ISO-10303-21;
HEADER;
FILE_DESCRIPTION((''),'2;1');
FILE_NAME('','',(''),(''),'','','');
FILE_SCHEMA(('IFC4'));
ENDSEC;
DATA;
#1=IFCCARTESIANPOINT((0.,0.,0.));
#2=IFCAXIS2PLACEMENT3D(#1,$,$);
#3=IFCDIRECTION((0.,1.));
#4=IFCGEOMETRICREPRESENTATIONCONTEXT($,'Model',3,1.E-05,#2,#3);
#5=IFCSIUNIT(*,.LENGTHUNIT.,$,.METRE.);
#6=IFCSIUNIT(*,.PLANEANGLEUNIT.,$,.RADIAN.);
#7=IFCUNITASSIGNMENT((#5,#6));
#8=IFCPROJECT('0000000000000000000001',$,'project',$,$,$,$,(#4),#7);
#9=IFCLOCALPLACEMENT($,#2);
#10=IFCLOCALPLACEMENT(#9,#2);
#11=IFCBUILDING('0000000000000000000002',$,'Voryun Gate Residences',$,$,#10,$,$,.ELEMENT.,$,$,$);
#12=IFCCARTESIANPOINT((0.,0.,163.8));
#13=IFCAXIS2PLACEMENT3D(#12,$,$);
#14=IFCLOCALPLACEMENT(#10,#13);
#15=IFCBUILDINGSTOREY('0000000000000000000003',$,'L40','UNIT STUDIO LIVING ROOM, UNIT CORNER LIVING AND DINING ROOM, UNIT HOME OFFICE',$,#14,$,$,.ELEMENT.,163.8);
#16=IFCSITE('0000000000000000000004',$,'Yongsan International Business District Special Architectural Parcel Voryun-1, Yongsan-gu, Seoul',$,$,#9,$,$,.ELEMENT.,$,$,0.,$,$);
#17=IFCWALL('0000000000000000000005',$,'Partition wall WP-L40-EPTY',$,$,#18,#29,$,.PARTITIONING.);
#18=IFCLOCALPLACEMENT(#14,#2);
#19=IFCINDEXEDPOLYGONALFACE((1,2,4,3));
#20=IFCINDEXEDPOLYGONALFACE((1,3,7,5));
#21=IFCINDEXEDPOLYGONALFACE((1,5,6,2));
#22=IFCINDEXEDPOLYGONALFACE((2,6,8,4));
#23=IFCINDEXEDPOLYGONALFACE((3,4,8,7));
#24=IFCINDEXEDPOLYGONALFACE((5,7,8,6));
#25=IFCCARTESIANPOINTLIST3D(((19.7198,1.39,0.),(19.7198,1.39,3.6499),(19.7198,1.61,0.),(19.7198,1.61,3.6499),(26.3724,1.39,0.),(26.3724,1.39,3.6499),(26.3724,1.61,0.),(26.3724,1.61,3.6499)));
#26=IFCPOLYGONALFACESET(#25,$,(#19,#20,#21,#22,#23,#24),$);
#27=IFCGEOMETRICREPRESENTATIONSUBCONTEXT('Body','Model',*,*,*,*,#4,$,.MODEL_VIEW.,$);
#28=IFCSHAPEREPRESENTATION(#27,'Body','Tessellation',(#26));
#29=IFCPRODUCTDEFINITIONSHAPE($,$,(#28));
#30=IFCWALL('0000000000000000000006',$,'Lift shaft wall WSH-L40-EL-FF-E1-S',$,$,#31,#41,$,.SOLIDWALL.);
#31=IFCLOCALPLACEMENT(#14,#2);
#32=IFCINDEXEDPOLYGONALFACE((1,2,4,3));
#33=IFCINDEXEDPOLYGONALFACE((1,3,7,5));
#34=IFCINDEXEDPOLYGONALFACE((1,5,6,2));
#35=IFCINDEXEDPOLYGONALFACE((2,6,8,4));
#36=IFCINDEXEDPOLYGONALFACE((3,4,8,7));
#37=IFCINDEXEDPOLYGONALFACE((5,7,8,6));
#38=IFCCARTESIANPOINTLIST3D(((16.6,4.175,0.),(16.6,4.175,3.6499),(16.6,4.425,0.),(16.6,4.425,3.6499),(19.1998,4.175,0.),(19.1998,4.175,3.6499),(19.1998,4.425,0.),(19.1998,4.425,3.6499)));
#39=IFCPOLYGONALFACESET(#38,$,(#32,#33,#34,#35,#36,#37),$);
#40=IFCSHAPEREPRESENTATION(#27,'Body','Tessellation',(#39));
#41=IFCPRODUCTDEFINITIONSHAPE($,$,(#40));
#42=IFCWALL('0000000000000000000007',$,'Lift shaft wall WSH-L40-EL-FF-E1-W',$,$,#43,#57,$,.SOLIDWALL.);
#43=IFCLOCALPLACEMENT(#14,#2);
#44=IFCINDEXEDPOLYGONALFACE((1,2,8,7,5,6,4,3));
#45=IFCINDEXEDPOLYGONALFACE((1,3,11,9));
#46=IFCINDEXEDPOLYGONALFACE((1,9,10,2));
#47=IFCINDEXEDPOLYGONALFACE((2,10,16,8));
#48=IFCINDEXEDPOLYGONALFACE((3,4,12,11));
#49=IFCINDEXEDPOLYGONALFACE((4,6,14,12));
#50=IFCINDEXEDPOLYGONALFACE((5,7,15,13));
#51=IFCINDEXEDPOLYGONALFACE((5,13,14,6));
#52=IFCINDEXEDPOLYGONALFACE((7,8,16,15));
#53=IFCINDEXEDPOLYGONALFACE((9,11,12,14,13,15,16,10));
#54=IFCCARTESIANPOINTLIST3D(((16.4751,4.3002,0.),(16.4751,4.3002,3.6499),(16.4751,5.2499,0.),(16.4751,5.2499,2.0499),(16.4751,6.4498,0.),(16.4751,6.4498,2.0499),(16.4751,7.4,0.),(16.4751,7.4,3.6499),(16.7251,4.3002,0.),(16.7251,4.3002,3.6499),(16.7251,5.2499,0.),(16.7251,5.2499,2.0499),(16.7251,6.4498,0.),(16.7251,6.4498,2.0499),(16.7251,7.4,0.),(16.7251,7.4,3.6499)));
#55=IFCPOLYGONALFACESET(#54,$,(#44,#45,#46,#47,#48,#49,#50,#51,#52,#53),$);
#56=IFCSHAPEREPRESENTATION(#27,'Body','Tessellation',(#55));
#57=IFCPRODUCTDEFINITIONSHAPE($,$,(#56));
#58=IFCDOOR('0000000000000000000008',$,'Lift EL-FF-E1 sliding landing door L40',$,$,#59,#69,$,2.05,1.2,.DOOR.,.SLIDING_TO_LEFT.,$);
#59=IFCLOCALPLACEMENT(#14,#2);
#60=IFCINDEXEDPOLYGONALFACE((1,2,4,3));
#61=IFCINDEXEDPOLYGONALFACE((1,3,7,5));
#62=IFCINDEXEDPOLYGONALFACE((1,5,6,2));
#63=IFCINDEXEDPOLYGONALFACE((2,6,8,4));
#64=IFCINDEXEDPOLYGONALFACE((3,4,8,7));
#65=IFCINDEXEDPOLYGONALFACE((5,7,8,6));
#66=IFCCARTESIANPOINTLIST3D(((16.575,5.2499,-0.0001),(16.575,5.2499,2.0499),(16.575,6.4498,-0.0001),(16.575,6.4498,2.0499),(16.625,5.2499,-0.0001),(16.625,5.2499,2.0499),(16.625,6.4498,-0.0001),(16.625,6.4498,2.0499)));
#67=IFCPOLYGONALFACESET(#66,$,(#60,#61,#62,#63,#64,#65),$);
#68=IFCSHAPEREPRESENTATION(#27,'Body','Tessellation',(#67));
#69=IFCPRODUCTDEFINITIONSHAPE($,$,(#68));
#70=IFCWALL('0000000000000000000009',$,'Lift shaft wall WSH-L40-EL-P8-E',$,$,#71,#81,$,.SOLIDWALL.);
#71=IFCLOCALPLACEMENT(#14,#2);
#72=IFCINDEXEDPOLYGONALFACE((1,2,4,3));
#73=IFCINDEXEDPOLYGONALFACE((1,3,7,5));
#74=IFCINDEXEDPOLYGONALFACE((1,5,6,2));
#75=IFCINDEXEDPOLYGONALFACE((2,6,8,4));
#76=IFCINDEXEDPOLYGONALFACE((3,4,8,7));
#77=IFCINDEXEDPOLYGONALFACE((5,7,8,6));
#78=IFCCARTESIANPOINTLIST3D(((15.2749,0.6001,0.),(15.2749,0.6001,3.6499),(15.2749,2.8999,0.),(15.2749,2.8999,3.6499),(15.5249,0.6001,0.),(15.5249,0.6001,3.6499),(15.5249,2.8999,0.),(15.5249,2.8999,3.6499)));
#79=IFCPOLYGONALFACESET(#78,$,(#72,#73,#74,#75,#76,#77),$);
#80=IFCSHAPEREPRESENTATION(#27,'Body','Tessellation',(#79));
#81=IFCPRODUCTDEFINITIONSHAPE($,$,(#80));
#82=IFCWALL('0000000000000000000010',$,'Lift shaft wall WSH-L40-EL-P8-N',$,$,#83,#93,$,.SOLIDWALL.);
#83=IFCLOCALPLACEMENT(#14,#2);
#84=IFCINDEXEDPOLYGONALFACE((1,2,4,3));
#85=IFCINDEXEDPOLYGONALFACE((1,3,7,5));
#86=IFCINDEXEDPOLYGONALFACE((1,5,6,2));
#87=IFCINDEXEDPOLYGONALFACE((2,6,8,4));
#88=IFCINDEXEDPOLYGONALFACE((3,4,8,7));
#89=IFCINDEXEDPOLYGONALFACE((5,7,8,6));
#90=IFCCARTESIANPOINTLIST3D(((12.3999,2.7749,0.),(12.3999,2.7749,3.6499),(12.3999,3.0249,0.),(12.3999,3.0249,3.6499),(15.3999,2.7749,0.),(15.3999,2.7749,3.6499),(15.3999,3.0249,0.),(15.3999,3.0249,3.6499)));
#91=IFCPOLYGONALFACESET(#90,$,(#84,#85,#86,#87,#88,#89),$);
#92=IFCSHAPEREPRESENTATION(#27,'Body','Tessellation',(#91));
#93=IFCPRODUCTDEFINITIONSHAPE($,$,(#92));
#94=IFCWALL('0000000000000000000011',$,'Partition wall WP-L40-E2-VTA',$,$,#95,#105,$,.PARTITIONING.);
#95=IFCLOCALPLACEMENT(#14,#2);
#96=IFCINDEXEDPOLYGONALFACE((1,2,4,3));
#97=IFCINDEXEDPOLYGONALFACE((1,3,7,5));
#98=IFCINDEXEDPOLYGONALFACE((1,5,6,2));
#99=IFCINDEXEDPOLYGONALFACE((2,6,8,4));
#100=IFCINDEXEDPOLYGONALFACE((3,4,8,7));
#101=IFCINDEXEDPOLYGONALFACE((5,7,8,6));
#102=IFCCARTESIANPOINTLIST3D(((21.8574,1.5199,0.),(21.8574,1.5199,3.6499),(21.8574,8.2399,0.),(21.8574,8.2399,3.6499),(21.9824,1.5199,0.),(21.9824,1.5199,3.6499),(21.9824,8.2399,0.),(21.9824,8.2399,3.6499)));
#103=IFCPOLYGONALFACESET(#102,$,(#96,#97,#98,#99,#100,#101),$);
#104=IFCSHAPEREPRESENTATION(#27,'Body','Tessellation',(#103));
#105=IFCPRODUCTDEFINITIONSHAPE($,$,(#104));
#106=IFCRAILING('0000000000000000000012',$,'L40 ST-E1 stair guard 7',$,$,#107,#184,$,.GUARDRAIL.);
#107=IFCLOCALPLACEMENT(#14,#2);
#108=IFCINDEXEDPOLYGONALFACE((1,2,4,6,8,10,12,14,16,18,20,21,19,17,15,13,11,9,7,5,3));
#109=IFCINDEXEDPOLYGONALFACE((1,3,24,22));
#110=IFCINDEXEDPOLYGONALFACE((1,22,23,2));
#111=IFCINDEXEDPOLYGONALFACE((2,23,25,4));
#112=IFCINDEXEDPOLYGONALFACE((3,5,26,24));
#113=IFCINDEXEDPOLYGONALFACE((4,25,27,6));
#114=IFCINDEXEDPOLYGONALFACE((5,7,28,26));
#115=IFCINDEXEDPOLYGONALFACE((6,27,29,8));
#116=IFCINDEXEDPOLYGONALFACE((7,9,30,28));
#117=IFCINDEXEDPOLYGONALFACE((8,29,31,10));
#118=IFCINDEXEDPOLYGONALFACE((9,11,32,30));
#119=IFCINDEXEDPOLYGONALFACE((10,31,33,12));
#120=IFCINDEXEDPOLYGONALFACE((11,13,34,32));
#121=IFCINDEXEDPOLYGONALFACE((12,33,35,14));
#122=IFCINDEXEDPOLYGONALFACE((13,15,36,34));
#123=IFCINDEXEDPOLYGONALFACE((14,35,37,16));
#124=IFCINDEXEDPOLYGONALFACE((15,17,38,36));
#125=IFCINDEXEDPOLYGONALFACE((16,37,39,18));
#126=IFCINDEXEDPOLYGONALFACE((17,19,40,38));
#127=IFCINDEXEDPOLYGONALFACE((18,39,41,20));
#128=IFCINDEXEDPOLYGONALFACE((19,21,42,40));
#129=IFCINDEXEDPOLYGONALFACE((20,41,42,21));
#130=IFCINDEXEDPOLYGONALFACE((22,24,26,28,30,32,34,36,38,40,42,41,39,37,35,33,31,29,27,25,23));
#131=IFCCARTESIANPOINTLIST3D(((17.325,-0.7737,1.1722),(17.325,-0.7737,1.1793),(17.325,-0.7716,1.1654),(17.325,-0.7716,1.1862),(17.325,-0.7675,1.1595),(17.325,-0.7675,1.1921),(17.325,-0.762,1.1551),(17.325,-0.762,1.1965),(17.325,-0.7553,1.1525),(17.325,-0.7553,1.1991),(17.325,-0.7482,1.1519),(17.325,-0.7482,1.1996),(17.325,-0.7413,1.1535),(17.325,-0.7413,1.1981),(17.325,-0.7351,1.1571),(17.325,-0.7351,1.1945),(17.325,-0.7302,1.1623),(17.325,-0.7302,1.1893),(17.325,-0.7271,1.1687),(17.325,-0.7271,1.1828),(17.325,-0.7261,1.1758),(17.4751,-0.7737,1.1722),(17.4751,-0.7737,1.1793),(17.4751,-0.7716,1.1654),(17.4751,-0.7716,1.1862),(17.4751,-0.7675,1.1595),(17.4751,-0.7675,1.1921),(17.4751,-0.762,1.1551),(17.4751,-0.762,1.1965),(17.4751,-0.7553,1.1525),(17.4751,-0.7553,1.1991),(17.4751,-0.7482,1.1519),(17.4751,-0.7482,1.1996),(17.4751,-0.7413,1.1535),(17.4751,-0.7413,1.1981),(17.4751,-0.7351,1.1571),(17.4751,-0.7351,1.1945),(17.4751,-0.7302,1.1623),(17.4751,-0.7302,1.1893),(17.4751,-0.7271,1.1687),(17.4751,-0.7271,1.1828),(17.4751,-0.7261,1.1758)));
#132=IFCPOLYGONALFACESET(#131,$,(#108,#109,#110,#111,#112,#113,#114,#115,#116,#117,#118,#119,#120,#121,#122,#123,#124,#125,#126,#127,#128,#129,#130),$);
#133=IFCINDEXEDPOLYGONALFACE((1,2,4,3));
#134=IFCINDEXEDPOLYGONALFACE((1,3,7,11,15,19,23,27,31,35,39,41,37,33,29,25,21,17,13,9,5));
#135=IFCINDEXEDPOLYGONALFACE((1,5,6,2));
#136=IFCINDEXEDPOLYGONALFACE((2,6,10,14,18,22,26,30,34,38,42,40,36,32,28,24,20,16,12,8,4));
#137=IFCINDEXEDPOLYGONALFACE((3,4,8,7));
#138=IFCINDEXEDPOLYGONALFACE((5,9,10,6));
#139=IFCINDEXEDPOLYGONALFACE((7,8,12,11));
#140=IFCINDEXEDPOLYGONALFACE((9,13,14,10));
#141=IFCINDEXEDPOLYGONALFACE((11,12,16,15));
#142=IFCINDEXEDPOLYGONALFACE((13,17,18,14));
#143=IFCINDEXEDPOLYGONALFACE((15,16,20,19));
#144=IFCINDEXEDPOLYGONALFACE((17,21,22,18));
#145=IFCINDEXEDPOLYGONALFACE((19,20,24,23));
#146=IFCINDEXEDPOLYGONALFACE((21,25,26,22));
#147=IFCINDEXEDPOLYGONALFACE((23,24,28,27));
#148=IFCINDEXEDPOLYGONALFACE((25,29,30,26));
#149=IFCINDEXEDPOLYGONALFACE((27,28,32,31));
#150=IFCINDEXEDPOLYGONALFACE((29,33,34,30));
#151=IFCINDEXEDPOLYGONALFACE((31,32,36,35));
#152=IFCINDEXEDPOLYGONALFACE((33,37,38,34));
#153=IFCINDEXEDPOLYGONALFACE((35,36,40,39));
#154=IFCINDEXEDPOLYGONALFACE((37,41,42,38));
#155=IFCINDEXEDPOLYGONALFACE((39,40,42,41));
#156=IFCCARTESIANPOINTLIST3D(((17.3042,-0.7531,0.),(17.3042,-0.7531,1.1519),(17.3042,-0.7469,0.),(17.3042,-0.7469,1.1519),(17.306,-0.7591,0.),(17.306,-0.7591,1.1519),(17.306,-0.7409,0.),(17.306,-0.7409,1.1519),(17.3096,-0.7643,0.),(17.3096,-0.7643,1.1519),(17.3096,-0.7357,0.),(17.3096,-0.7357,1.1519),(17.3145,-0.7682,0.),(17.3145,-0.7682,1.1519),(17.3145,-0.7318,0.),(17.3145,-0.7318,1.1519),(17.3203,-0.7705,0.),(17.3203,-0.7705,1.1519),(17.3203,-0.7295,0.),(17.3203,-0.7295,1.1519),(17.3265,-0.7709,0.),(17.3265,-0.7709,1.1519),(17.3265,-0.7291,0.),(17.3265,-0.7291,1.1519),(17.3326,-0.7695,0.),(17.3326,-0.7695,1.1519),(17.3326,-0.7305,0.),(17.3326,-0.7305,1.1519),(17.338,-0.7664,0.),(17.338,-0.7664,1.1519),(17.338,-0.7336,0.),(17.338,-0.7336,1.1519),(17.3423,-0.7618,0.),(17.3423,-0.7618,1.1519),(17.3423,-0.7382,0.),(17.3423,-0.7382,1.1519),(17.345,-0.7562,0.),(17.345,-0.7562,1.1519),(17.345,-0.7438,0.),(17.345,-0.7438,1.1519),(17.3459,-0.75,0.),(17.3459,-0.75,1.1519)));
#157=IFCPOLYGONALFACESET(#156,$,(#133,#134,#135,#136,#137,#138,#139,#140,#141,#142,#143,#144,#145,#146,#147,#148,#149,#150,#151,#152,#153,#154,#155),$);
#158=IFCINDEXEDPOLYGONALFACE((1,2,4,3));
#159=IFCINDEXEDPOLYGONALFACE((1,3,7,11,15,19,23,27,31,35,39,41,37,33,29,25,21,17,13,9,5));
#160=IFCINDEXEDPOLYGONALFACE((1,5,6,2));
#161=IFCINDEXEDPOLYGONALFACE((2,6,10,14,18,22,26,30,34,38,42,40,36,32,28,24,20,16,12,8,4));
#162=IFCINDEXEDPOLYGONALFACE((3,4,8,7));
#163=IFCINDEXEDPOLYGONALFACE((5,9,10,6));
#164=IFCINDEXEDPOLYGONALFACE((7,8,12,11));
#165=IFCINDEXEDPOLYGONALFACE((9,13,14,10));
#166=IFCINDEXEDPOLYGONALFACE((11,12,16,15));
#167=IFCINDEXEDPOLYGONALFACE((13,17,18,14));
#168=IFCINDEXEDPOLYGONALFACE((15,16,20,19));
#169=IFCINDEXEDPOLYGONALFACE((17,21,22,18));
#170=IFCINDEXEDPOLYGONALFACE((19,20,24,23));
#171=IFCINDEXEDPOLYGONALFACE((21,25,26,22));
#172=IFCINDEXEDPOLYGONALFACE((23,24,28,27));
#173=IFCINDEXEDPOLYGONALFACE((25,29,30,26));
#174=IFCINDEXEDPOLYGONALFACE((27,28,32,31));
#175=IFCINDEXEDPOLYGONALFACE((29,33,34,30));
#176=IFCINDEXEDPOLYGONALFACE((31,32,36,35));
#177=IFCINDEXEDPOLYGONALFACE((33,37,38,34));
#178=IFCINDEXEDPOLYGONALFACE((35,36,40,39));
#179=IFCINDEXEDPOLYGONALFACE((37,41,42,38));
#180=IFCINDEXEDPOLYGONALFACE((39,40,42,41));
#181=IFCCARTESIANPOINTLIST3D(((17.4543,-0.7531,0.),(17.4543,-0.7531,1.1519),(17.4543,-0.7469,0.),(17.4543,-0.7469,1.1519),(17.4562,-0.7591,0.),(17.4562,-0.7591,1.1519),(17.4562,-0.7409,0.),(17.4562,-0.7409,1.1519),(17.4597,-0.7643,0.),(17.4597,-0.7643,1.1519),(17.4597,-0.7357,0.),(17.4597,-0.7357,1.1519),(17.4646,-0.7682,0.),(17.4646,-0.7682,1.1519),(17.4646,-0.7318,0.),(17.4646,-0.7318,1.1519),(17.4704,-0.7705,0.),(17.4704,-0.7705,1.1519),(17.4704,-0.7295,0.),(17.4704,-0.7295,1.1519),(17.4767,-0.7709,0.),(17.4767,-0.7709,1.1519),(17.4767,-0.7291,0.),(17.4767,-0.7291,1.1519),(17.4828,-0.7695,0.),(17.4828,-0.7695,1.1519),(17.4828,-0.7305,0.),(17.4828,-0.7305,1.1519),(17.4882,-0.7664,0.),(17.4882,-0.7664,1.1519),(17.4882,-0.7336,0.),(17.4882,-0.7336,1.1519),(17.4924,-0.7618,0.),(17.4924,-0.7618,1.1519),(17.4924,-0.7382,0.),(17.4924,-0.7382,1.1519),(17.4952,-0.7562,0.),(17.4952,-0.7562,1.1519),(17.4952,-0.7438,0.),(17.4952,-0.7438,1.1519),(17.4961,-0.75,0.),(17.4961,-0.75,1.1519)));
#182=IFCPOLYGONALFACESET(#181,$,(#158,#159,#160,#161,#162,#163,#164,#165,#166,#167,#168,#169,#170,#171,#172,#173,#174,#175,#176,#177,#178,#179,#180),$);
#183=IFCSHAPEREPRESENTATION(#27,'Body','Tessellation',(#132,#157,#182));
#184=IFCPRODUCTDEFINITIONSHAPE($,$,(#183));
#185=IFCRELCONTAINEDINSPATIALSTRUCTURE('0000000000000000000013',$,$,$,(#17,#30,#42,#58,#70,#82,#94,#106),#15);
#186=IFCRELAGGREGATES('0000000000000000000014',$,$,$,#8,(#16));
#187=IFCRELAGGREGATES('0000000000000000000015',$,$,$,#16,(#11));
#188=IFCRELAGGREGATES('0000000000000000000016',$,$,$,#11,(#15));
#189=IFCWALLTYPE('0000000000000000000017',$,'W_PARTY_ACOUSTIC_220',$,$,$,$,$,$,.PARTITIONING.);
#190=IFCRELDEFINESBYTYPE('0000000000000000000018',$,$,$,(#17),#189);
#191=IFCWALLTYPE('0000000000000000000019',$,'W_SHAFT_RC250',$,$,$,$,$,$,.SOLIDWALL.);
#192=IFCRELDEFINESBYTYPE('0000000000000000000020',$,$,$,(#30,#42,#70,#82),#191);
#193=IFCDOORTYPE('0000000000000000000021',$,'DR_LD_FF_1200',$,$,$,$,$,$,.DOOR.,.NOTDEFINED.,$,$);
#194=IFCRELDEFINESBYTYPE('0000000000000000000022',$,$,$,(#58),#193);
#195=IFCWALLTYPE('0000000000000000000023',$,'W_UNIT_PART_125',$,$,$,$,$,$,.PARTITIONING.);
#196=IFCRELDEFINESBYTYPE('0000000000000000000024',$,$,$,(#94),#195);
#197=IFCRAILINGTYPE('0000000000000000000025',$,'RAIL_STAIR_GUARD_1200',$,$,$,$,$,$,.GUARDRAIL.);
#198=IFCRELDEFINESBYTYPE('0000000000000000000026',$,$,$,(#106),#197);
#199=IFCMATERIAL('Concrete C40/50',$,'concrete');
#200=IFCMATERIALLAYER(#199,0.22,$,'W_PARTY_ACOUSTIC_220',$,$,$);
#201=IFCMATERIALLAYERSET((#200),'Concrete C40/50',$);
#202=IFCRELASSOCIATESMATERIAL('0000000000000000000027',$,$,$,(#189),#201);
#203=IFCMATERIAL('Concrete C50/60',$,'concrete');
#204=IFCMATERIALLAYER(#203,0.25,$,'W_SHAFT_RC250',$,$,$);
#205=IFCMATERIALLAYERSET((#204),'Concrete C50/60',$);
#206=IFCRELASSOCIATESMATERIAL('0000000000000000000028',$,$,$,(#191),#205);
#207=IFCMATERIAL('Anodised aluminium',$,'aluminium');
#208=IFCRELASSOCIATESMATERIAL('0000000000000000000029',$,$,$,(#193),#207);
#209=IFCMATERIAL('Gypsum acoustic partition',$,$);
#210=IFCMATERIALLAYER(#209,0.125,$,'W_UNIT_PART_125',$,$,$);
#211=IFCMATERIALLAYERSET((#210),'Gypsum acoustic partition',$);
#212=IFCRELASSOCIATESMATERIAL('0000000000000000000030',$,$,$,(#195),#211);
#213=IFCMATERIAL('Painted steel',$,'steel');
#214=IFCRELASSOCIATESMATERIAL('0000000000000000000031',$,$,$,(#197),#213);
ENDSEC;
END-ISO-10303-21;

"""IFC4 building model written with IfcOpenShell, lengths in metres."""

from ifc_helpers import new_model, si_unit, direction, frame, frame_2d, origin, origin_2d, place, context, subcontext, project, spatial, rectangle, circle, extrude, material, layer, layer_set, type_object, element, fill, save


model = new_model("IFC4")

# Units and contexts
model_context = context("Model", 3, precision=1e-05, world=origin(), true_north=direction((0.0, 1.0)))
body_context = subcontext(model_context, "Body", "Model", "MODEL_VIEW")
ifc_project = project(units=[si_unit("LENGTHUNIT", "METRE"), si_unit("PLANEANGLEUNIT", "RADIAN")], contexts=[model_context])

# Site, building, storey
site_placement = place(None, origin())
site = spatial("IfcSite", under=ifc_project, at=site_placement, Name="Yongsan International Business District Special Architectural Parcel Voryun-1, Yongsan-gu, Seoul", CompositionType="ELEMENT", RefElevation=0.0)
building_placement = place(site_placement, origin())
building = spatial("IfcBuilding", under=site, at=building_placement, Name="Voryun Gate Residences", CompositionType="ELEMENT")
storey_placement = place(building_placement, frame((0.0, 0.0, 163.8)))
storey = spatial("IfcBuildingStorey", under=building, at=storey_placement, Name="L40", Description="UNIT STUDIO LIVING ROOM, UNIT CORNER LIVING AND DINING ROOM, UNIT HOME OFFICE", CompositionType="ELEMENT", Elevation=163.8)

# Walls
ifc_material_1 = material(Name="Concrete C40/50", Category="concrete")
ifc_layer_1 = layer(ifc_material_1, 0.22, Name="W_PARTY_ACOUSTIC_220")
ifc_layer_set_1 = layer_set([ifc_layer_1], Name="Concrete C40/50")
wall_type_1 = type_object("IfcWallType", Name="W_PARTY_ACOUSTIC_220", PredefinedType="PARTITIONING", material=ifc_layer_set_1)
wall_1_placement = place(storey_placement, frame((19.72, 1.5, 0.0), z_axis=(0.0, 0.0, 1.0), x_axis=(1.0, 0.0, 0.0)))
element("IfcWall", 1, at=wall_1_placement, inside=storey, type_object=wall_type_1, Name="Partition wall WP-L40-EPTY", PredefinedType="PARTITIONING", context=body_context, shape_type="SweptSolid", body=[
    extrude(rectangle(XDim=6.6526, YDim=0.22, at=frame_2d((3.3262, 0.0))), origin(), (0.0, 0.0, 1.0), 3.6499),
])
ifc_material_2 = material(Name="Concrete C50/60", Category="concrete")
ifc_layer_2 = layer(ifc_material_2, 0.25, Name="W_SHAFT_RC250")
ifc_layer_set_2 = layer_set([ifc_layer_2], Name="Concrete C50/60")
wall_type_2 = type_object("IfcWallType", Name="W_SHAFT_RC250", PredefinedType="SOLIDWALL", material=ifc_layer_set_2)
wall_2_placement = place(storey_placement, frame((16.6001, 4.3, 0.0), z_axis=(0.0, 0.0, 1.0), x_axis=(1.0, 0.0, 0.0)))
element("IfcWall", 2, at=wall_2_placement, inside=storey, type_object=wall_type_2, Name="Lift shaft wall WSH-L40-EL-FF-E1-S", PredefinedType="SOLIDWALL", context=body_context, shape_type="SweptSolid", body=[
    extrude(rectangle(XDim=2.5999, YDim=0.25, at=frame_2d((1.2998, 0.0))), origin(), (0.0, 0.0, 1.0), 3.6499),
])

# Wall, opening, door
wall_3_placement = place(storey_placement, frame((16.6001, 7.3999, 0.0), z_axis=(0.0, 0.0, 1.0), x_axis=(0.0, -1.0, 0.0)))
wall_3 = element("IfcWall", 3, at=wall_3_placement, inside=storey, type_object=wall_type_2, Name="Lift shaft wall WSH-L40-EL-FF-E1-W", PredefinedType="SOLIDWALL", context=body_context, shape_type="SweptSolid", body=[
    extrude(rectangle(XDim=3.0999, YDim=0.25, at=frame_2d((1.5498, 0.0))), origin(), (0.0, 0.0, 1.0), 3.6499),
])
opening_1_placement = place(wall_3_placement, frame((0.95, 0.0, 0.0)))
opening_1 = element("IfcOpeningElement", 4, at=opening_1_placement, cuts=wall_3, PredefinedType="OPENING", context=body_context, shape_type="SweptSolid", body=[
    extrude(rectangle(XDim=1.2, YDim=2.05, at=frame_2d((0.6001, 1.0249))), frame((0.0, 0.135, 0.0), z_axis=(0.0, -1.0, 0.0), x_axis=(1.0, 0.0, 0.0)), (0.0, 0.0, 1.0), 0.27),
])
ifc_material_3 = material(Name="Anodised aluminium", Category="aluminium")
door_type_1 = type_object("IfcDoorType", Name="DR_LD_FF_1200", OperationType="NOTDEFINED", PredefinedType="DOOR", material=ifc_material_3)
door_1_placement = place(opening_1_placement, origin())
door_1 = element("IfcDoor", 5, at=door_1_placement, inside=storey, type_object=door_type_1, Name="Lift EL-FF-E1 sliding landing door L40", OperationType="SLIDING_TO_LEFT", OverallHeight=2.05, OverallWidth=1.2, PredefinedType="DOOR", context=body_context, shape_type="SweptSolid", body=[
    extrude(rectangle(XDim=1.2, YDim=2.05, at=frame_2d((0.6001, 1.0249))), frame((0.0, 0.0249, 0.0), z_axis=(0.0, -1.0, 0.0), x_axis=(1.0, 0.0, 0.0)), (0.0, 0.0, 1.0), 0.05),
])
fill(opening_1, door_1)

# Walls
wall_4_placement = place(storey_placement, frame((15.3999, 0.6001, 0.0), z_axis=(0.0, 0.0, 1.0), x_axis=(0.0, 1.0, 0.0)))
element("IfcWall", 6, at=wall_4_placement, inside=storey, type_object=wall_type_2, Name="Lift shaft wall WSH-L40-EL-P8-E", PredefinedType="SOLIDWALL", context=body_context, shape_type="SweptSolid", body=[
    extrude(rectangle(XDim=2.2998, YDim=0.25, at=frame_2d((1.1499, 0.0))), origin(), (0.0, 0.0, 1.0), 3.6499),
])
wall_5_placement = place(storey_placement, frame((15.3999, 2.8999, 0.0), z_axis=(0.0, 0.0, 1.0), x_axis=(-1.0, 0.0, 0.0)))
element("IfcWall", 7, at=wall_5_placement, inside=storey, type_object=wall_type_2, Name="Lift shaft wall WSH-L40-EL-P8-N", PredefinedType="SOLIDWALL", context=body_context, shape_type="SweptSolid", body=[
    extrude(rectangle(XDim=3.0, YDim=0.25, at=frame_2d((1.5, 0.0))), origin(), (0.0, 0.0, 1.0), 3.6499),
])
ifc_material_4 = material(Name="Gypsum acoustic partition")
ifc_layer_3 = layer(ifc_material_4, 0.125, Name="W_UNIT_PART_125")
ifc_layer_set_3 = layer_set([ifc_layer_3], Name="Gypsum acoustic partition")
wall_type_3 = type_object("IfcWallType", Name="W_UNIT_PART_125", PredefinedType="PARTITIONING", material=ifc_layer_set_3)
wall_6_placement = place(storey_placement, frame((21.9199, 1.52, 0.0), z_axis=(0.0, 0.0, 1.0), x_axis=(0.0, 1.0, 0.0)))
element("IfcWall", 8, at=wall_6_placement, inside=storey, type_object=wall_type_3, Name="Partition wall WP-L40-E2-VTA", PredefinedType="PARTITIONING", context=body_context, shape_type="SweptSolid", body=[
    extrude(rectangle(XDim=6.72, YDim=0.125, at=frame_2d((3.3599, 0.0))), origin(), (0.0, 0.0, 1.0), 3.6499),
])

# Railing
ifc_material_5 = material(Name="Painted steel", Category="steel")
railing_type = type_object("IfcRailingType", Name="RAIL_STAIR_GUARD_1200", PredefinedType="GUARDRAIL", material=ifc_material_5)
railing_placement = place(storey_placement, frame((17.325, -0.75, 0.0)))
element("IfcRailing", 9, at=railing_placement, inside=storey, type_object=railing_type, Name="L40 ST-E1 stair guard 7", PredefinedType="GUARDRAIL", context=body_context, shape_type="SweptSolid", body=[
    extrude(circle(Radius=0.0239, at=origin_2d()), frame((0.0, 0.0, 1.1758), z_axis=(1.0, 0.0, 0.0), x_axis=(0.0, 1.0, 0.0)), (0.0, 0.0, 1.0), 0.1501),
    extrude(circle(Radius=0.021, at=origin_2d()), origin(), (0.0, 0.0, 1.0), 1.1519),
    extrude(circle(Radius=0.021, at=origin_2d()), frame((0.1501, 0.0, 0.0)), (0.0, 0.0, 1.0), 1.1519),
])

save(model, "model.ifc")
